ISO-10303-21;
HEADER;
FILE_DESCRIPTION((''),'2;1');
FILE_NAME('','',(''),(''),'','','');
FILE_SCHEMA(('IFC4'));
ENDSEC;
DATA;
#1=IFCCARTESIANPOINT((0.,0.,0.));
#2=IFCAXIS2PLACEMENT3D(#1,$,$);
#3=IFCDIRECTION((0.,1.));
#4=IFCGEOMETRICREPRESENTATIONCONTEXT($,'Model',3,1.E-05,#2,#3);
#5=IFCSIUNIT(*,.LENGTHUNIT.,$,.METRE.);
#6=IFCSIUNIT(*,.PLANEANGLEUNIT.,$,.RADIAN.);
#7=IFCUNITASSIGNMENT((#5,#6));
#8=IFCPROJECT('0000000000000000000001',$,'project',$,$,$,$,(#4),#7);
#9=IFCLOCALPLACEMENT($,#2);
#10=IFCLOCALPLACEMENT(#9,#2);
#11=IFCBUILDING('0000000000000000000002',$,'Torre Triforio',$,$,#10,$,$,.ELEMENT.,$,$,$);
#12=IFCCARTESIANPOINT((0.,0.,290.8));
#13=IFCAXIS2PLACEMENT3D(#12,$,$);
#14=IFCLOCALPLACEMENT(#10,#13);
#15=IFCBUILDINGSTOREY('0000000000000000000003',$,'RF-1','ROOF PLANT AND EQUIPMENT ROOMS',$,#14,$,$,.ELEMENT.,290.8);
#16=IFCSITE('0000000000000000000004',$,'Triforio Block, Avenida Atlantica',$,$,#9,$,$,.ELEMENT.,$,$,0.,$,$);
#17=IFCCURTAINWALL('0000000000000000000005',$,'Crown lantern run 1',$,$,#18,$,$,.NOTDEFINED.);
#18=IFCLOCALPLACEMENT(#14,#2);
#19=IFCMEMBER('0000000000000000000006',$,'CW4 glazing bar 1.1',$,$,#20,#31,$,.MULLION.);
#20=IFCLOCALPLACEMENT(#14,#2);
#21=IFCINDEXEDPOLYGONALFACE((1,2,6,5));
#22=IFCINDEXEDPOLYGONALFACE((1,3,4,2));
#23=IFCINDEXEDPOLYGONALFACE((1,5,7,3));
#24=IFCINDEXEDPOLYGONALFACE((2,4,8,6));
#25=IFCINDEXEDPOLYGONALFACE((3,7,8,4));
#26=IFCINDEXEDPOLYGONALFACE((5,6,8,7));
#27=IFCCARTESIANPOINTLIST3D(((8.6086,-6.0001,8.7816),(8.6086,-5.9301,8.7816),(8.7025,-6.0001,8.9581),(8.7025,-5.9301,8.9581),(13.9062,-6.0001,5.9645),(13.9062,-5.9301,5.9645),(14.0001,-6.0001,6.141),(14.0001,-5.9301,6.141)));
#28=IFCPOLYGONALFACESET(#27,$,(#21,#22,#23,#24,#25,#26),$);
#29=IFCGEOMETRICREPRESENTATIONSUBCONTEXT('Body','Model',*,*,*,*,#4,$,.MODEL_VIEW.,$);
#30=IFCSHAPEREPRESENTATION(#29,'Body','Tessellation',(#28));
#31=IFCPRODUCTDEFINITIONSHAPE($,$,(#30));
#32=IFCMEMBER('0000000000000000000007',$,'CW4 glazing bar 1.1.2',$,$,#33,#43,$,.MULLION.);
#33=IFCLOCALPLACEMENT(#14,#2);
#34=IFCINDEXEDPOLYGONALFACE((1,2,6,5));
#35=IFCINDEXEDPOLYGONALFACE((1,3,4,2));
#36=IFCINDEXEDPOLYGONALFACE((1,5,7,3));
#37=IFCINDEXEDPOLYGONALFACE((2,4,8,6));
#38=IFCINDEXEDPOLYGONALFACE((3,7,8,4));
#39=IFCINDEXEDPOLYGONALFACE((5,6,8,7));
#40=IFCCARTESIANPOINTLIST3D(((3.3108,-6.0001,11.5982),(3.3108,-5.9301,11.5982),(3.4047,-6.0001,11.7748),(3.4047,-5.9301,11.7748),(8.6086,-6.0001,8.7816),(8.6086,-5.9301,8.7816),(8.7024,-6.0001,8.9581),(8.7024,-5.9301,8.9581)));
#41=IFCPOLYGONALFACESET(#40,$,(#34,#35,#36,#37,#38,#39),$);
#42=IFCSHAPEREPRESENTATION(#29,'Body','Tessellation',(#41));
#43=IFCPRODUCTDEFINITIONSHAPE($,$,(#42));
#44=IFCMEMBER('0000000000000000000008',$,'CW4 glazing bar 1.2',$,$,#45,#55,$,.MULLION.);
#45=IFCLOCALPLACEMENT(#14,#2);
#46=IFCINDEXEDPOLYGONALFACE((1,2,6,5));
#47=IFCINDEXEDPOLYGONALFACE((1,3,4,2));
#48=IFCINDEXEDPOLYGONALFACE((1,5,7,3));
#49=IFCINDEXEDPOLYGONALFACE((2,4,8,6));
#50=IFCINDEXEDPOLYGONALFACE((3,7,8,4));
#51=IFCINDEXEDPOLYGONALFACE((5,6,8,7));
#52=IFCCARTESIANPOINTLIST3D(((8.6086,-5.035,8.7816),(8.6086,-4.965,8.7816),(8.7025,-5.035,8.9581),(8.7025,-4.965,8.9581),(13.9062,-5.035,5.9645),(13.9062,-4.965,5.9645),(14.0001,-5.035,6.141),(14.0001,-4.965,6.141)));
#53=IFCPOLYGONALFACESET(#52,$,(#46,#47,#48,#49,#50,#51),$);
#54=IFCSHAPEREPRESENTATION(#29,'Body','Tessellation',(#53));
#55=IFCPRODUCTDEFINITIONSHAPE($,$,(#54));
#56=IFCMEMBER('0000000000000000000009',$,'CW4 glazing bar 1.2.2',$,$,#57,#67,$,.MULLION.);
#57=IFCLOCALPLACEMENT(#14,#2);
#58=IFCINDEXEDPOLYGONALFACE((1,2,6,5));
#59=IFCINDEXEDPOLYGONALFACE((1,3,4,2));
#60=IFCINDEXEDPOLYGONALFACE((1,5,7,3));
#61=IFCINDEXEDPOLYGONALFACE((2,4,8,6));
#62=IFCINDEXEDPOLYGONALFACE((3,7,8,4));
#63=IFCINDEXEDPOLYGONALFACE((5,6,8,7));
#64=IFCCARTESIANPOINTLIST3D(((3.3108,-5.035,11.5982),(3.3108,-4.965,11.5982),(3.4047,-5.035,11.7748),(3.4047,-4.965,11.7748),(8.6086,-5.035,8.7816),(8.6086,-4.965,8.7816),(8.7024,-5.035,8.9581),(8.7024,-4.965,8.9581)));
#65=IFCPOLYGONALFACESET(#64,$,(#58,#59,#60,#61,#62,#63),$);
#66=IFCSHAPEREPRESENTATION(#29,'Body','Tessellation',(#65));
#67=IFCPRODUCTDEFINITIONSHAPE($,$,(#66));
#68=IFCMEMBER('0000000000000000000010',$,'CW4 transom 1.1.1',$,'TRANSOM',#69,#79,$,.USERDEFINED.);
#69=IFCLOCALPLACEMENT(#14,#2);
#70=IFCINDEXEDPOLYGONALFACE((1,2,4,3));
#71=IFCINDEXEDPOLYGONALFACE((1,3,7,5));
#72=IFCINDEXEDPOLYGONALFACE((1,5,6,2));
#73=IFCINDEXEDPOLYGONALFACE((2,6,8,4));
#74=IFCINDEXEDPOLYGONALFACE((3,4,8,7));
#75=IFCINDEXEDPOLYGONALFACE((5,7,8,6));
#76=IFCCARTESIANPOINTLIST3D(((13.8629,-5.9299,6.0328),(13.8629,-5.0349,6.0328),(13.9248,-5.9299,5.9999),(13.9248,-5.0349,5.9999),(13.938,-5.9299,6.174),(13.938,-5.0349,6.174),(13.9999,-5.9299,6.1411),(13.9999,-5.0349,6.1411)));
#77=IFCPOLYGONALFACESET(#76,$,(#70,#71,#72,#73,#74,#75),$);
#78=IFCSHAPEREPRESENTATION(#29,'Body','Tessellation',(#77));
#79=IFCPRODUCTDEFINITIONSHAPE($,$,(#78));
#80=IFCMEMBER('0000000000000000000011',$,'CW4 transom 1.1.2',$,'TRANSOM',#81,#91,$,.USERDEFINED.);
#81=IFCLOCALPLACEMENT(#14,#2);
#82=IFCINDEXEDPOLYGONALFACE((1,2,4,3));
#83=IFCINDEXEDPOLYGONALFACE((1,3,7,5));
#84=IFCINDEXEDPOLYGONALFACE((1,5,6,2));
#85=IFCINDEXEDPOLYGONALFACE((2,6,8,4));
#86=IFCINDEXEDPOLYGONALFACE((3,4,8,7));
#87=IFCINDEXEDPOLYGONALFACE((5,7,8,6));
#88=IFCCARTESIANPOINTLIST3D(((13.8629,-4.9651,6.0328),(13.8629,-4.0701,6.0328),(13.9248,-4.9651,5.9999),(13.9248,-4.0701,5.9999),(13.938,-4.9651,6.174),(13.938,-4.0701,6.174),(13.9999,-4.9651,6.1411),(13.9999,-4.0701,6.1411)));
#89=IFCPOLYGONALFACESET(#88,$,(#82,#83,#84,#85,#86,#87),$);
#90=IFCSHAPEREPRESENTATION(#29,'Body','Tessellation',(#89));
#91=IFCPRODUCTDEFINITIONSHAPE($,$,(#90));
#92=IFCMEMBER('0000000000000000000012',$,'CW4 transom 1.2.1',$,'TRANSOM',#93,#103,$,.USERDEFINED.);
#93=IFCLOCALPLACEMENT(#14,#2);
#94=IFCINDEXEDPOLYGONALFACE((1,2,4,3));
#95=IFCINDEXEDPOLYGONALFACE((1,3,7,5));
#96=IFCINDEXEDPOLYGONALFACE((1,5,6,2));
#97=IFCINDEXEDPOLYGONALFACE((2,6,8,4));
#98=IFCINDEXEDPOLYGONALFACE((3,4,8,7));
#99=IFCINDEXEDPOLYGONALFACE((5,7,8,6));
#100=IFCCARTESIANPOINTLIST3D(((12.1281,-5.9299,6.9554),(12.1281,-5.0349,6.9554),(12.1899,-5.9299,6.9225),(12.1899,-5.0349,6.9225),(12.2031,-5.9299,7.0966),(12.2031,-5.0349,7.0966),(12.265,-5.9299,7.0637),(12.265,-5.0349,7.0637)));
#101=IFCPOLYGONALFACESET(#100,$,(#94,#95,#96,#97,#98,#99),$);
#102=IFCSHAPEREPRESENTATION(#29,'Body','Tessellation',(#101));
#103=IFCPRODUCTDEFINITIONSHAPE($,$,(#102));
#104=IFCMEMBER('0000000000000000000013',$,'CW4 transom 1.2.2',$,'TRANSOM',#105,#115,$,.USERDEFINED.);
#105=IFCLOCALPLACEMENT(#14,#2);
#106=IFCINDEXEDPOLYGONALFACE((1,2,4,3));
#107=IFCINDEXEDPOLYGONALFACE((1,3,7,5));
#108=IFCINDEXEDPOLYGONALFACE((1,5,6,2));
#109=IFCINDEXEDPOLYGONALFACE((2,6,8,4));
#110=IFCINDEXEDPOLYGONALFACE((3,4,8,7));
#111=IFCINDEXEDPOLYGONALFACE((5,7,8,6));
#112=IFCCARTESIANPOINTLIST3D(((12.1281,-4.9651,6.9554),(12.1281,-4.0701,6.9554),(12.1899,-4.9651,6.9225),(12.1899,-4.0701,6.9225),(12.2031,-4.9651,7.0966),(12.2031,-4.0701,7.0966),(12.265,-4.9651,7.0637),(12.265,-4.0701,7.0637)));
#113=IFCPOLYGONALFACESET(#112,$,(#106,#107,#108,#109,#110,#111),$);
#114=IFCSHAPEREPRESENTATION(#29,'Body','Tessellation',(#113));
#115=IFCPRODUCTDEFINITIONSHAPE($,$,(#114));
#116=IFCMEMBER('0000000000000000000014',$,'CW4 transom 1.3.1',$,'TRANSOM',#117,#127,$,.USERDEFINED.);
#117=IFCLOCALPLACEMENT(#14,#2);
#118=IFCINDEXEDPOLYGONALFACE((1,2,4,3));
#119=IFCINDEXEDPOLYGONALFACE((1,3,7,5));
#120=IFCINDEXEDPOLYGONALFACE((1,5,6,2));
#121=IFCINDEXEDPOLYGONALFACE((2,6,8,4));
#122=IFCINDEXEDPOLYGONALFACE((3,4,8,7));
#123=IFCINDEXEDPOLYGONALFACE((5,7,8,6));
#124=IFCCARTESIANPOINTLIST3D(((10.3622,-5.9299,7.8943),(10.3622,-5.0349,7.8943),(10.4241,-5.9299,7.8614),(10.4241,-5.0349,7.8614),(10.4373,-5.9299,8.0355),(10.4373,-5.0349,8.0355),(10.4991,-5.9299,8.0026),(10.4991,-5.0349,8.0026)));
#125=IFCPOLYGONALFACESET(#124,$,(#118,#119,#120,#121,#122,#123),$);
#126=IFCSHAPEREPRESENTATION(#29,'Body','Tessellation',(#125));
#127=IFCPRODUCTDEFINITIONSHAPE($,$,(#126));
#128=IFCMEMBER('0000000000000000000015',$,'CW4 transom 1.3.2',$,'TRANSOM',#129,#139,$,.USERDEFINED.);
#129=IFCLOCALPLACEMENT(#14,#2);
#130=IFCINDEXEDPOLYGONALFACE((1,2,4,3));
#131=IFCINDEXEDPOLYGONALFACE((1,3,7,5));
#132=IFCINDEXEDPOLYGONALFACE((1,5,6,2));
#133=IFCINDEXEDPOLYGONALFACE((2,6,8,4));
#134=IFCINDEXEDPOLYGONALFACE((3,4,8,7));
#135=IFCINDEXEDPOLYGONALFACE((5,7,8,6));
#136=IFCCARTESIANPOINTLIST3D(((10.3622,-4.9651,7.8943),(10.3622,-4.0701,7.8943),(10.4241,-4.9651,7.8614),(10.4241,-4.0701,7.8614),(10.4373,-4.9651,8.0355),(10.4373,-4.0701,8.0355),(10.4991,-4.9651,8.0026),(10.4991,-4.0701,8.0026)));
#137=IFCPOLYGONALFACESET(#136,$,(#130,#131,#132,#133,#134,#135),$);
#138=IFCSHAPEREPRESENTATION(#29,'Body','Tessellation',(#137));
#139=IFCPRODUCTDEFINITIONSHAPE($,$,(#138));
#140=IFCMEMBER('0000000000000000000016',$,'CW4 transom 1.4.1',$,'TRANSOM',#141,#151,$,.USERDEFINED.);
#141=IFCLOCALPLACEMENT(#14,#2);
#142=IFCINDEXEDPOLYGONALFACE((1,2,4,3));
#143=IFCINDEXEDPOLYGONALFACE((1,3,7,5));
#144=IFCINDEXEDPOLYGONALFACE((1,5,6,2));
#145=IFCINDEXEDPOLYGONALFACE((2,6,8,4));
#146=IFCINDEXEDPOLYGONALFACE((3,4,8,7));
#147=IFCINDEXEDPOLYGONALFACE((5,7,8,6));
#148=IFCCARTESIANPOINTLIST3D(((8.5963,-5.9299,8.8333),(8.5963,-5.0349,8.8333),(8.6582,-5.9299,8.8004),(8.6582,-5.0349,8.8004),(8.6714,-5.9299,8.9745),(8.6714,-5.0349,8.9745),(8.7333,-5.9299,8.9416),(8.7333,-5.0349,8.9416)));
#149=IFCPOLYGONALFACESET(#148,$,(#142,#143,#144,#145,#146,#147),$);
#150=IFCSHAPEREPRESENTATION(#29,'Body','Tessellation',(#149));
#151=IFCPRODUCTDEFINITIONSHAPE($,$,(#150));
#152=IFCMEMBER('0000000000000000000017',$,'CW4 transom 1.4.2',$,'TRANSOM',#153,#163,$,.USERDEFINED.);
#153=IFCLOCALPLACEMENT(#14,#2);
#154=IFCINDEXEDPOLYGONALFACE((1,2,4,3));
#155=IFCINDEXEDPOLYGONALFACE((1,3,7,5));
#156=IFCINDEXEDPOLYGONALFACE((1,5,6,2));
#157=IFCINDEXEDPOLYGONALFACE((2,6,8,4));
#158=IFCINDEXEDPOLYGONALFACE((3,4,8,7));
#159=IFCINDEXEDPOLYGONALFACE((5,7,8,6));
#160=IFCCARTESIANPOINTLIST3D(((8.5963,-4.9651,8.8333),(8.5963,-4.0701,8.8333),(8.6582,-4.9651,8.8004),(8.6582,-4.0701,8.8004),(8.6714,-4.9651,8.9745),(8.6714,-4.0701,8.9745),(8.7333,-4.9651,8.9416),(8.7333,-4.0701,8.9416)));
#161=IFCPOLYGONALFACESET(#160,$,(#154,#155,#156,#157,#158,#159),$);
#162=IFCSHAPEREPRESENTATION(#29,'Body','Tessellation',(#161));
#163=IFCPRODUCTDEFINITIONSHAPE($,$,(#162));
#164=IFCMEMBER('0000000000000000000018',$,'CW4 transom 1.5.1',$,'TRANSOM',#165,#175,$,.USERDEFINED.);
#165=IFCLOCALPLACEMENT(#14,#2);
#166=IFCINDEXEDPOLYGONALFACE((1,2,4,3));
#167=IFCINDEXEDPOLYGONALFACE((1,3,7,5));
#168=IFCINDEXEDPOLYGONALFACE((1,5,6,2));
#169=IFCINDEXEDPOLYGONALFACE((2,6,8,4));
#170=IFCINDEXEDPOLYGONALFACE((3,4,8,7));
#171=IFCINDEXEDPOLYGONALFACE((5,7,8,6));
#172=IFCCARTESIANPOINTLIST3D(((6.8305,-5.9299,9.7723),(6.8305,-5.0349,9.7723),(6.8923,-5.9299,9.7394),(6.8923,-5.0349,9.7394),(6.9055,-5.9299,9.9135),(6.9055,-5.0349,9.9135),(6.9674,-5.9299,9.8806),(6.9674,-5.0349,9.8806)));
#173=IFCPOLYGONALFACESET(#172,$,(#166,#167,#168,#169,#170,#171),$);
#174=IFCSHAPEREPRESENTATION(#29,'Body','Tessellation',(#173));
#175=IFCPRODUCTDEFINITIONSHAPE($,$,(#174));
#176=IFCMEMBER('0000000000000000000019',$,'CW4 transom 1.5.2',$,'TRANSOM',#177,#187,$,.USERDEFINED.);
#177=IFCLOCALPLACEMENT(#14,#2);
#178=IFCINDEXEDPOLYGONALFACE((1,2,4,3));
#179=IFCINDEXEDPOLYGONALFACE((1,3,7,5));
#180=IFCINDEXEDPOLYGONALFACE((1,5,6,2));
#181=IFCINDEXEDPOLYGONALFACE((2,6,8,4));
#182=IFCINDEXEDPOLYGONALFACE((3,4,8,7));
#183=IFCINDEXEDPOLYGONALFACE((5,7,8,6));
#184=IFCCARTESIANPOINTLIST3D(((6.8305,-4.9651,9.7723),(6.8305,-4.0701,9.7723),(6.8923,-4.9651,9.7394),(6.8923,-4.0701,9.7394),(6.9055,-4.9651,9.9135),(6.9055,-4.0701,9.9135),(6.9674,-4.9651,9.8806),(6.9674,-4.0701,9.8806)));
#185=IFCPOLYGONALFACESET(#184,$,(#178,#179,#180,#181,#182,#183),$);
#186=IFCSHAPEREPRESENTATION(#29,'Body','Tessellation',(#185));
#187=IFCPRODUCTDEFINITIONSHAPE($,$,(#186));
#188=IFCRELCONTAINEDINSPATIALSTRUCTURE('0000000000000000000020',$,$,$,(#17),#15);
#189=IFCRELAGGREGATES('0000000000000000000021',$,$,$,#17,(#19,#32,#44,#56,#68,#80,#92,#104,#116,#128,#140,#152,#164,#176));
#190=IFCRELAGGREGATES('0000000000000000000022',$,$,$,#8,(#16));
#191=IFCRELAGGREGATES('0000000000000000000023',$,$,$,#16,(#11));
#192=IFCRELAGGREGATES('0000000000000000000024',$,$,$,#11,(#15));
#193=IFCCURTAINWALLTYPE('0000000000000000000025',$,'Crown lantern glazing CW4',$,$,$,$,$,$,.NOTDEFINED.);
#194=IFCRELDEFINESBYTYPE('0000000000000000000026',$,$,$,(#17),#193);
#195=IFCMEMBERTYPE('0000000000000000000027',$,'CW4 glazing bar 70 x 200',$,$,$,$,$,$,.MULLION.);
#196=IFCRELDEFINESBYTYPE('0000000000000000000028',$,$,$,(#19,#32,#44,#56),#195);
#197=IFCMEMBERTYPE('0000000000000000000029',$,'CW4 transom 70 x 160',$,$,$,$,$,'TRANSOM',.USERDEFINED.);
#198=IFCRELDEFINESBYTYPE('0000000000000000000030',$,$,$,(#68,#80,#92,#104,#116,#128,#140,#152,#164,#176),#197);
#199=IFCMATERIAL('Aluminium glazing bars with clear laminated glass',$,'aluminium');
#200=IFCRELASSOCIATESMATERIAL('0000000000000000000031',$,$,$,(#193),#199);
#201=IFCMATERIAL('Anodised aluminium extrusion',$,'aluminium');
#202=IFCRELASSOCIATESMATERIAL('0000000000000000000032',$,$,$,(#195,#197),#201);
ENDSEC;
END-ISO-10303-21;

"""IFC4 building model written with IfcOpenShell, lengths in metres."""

from ifc_helpers import new_model, si_unit, direction, frame, origin, origin_2d, place, context, subcontext, project, spatial, rectangle, extrude, material, material_profile, profile_set, type_object, element, aggregate, save


model = new_model("IFC4")

# Units and contexts
model_context = context("Model", 3, precision=1e-05, world=origin(), true_north=direction((0.0, 1.0)))
body_context = subcontext(model_context, "Body", "Model", "MODEL_VIEW")
ifc_project = project(units=[si_unit("LENGTHUNIT", "METRE"), si_unit("PLANEANGLEUNIT", "RADIAN")], contexts=[model_context])

# Site, building, storey
site_placement = place(None, origin())
site = spatial("IfcSite", under=ifc_project, at=site_placement, Name="Triforio Block, Avenida Atlantica", CompositionType="ELEMENT", RefElevation=0.0)
building_placement = place(site_placement, origin())
building = spatial("IfcBuilding", under=site, at=building_placement, Name="Torre Triforio", CompositionType="ELEMENT")
storey_placement = place(building_placement, frame((0.0, 0.0, 290.8)))
storey = spatial("IfcBuildingStorey", under=building, at=storey_placement, Name="RF-1", Description="ROOF PLANT AND EQUIPMENT ROOMS", CompositionType="ELEMENT", Elevation=290.8)

# Curtain wall, members
ifc_material_1 = material(Name="Aluminium glazing bars with clear laminated glass", Category="aluminium")
curtain_wall_type = type_object("IfcCurtainWallType", Name="Crown lantern glazing CW4", PredefinedType="NOTDEFINED", material=ifc_material_1)
curtain_wall_placement = place(storey_placement, origin())
curtain_wall = element("IfcCurtainWall", 1, at=curtain_wall_placement, inside=storey, type_object=curtain_wall_type, Name="Crown lantern run 1", PredefinedType="NOTDEFINED")
ifc_material_2 = material(Name="Anodised aluminium extrusion", Category="aluminium")
ifc_material_profile_1 = material_profile(ifc_material_2, rectangle(XDim=0.0701, YDim=0.2, at=origin_2d()), Name="CW4 MULLION 70x200")
ifc_profile_set_1 = profile_set([ifc_material_profile_1], Name="Anodised aluminium extrusion")
member_type_1 = type_object("IfcMemberType", Name="CW4 glazing bar 70 x 200", PredefinedType="MULLION", material=ifc_profile_set_1)
member_1_placement = place(storey_placement, frame((13.9531, -5.9651, 6.0527), z_axis=(-0.882923, 0.0, 0.469517), x_axis=(0.0, -1.0, 0.0)))
member_1 = element("IfcMember", 2, at=member_1_placement, type_object=member_type_1, Name="CW4 glazing bar 1.1", PredefinedType="MULLION", context=body_context, shape_type="SweptSolid", body=[
    extrude(rectangle(XDim=0.0701, YDim=0.2, at=origin_2d()), origin(), (0.0, 0.0, 1.0), 6.0),
])
member_2_placement = place(storey_placement, frame((8.6555, -5.9651, 8.8699), z_axis=(-0.882966, 0.0, 0.469437), x_axis=(0.0, -1.0, 0.0)))
member_2 = element("IfcMember", 3, at=member_2_placement, type_object=member_type_1, Name="CW4 glazing bar 1.1.2", PredefinedType="MULLION", context=body_context, shape_type="SweptSolid", body=[
    extrude(rectangle(XDim=0.0701, YDim=0.2, at=origin_2d()), origin(), (0.0, 0.0, 1.0), 6.0),
])
member_3_placement = place(storey_placement, frame((13.9531, -5.0, 6.0527), z_axis=(-0.882923, 0.0, 0.469517), x_axis=(0.0, -1.0, 0.0)))
member_3 = element("IfcMember", 4, at=member_3_placement, type_object=member_type_1, Name="CW4 glazing bar 1.2", PredefinedType="MULLION", context=body_context, shape_type="SweptSolid", body=[
    extrude(rectangle(XDim=0.0701, YDim=0.2, at=origin_2d()), origin(), (0.0, 0.0, 1.0), 6.0),
])
member_4_placement = place(storey_placement, frame((8.6555, -5.0, 8.8699), z_axis=(-0.882966, 0.0, 0.469437), x_axis=(0.0, -1.0, 0.0)))
member_4 = element("IfcMember", 5, at=member_4_placement, type_object=member_type_1, Name="CW4 glazing bar 1.2.2", PredefinedType="MULLION", context=body_context, shape_type="SweptSolid", body=[
    extrude(rectangle(XDim=0.0701, YDim=0.2, at=origin_2d()), origin(), (0.0, 0.0, 1.0), 6.0),
])
ifc_material_profile_2 = material_profile(ifc_material_2, rectangle(XDim=0.0701, YDim=0.1599, at=origin_2d()), Name="CW4 TRANSOM 70x160")
ifc_profile_set_2 = profile_set([ifc_material_profile_2], Name="Anodised aluminium extrusion")
member_type_2 = type_object("IfcMemberType", Name="CW4 transom 70 x 160", ElementType="TRANSOM", PredefinedType="USERDEFINED", material=ifc_profile_set_2)
member_5_placement = place(storey_placement, frame((13.9314, -5.9299, 6.0869), z_axis=(0.0, 1.0, 0.0), x_axis=(-0.882948, 0.0, 0.469472)))
member_5 = element("IfcMember", 6, at=member_5_placement, type_object=member_type_2, Name="CW4 transom 1.1.1", ObjectType="TRANSOM", PredefinedType="USERDEFINED", context=body_context, shape_type="SweptSolid", body=[
    extrude(rectangle(XDim=0.0701, YDim=0.1599, at=origin_2d()), origin(), (0.0, 0.0, 1.0), 0.895),
])
member_6_placement = place(storey_placement, frame((13.9314, -4.9651, 6.0869), z_axis=(0.0, 1.0, 0.0), x_axis=(-0.882948, 0.0, 0.469472)))
member_6 = element("IfcMember", 7, at=member_6_placement, type_object=member_type_2, Name="CW4 transom 1.1.2", ObjectType="TRANSOM", PredefinedType="USERDEFINED", context=body_context, shape_type="SweptSolid", body=[
    extrude(rectangle(XDim=0.0701, YDim=0.1599, at=origin_2d()), origin(), (0.0, 0.0, 1.0), 0.895),
])
member_7_placement = place(storey_placement, frame((12.1965, -5.9299, 7.0095), z_axis=(0.0, 1.0, 0.0), x_axis=(-0.882948, 0.0, 0.469472)))
member_7 = element("IfcMember", 8, at=member_7_placement, type_object=member_type_2, Name="CW4 transom 1.2.1", ObjectType="TRANSOM", PredefinedType="USERDEFINED", context=body_context, shape_type="SweptSolid", body=[
    extrude(rectangle(XDim=0.0701, YDim=0.1599, at=origin_2d()), origin(), (0.0, 0.0, 1.0), 0.895),
])
member_8_placement = place(storey_placement, frame((12.1965, -4.9651, 7.0095), z_axis=(0.0, 1.0, 0.0), x_axis=(-0.882948, 0.0, 0.469472)))
member_8 = element("IfcMember", 9, at=member_8_placement, type_object=member_type_2, Name="CW4 transom 1.2.2", ObjectType="TRANSOM", PredefinedType="USERDEFINED", context=body_context, shape_type="SweptSolid", body=[
    extrude(rectangle(XDim=0.0701, YDim=0.1599, at=origin_2d()), origin(), (0.0, 0.0, 1.0), 0.895),
])
member_9_placement = place(storey_placement, frame((10.4307, -5.9299, 7.9485), z_axis=(0.0, 1.0, 0.0), x_axis=(-0.882948, 0.0, 0.469472)))
member_9 = element("IfcMember", 10, at=member_9_placement, type_object=member_type_2, Name="CW4 transom 1.3.1", ObjectType="TRANSOM", PredefinedType="USERDEFINED", context=body_context, shape_type="SweptSolid", body=[
    extrude(rectangle(XDim=0.0701, YDim=0.1599, at=origin_2d()), origin(), (0.0, 0.0, 1.0), 0.895),
])
member_10_placement = place(storey_placement, frame((10.4307, -4.9651, 7.9485), z_axis=(0.0, 1.0, 0.0), x_axis=(-0.882948, 0.0, 0.469472)))
member_10 = element("IfcMember", 11, at=member_10_placement, type_object=member_type_2, Name="CW4 transom 1.3.2", ObjectType="TRANSOM", PredefinedType="USERDEFINED", context=body_context, shape_type="SweptSolid", body=[
    extrude(rectangle(XDim=0.0701, YDim=0.1599, at=origin_2d()), origin(), (0.0, 0.0, 1.0), 0.895),
])
member_11_placement = place(storey_placement, frame((8.6648, -5.9299, 8.8875), z_axis=(0.0, 1.0, 0.0), x_axis=(-0.882948, 0.0, 0.469472)))
member_11 = element("IfcMember", 12, at=member_11_placement, type_object=member_type_2, Name="CW4 transom 1.4.1", ObjectType="TRANSOM", PredefinedType="USERDEFINED", context=body_context, shape_type="SweptSolid", body=[
    extrude(rectangle(XDim=0.0701, YDim=0.1599, at=origin_2d()), origin(), (0.0, 0.0, 1.0), 0.895),
])
member_12_placement = place(storey_placement, frame((8.6648, -4.9651, 8.8875), z_axis=(0.0, 1.0, 0.0), x_axis=(-0.882948, 0.0, 0.469472)))
member_12 = element("IfcMember", 13, at=member_12_placement, type_object=member_type_2, Name="CW4 transom 1.4.2", ObjectType="TRANSOM", PredefinedType="USERDEFINED", context=body_context, shape_type="SweptSolid", body=[
    extrude(rectangle(XDim=0.0701, YDim=0.1599, at=origin_2d()), origin(), (0.0, 0.0, 1.0), 0.895),
])
member_13_placement = place(storey_placement, frame((6.8989, -5.9299, 9.8264), z_axis=(0.0, 1.0, 0.0), x_axis=(-0.882948, 0.0, 0.469472)))
member_13 = element("IfcMember", 14, at=member_13_placement, type_object=member_type_2, Name="CW4 transom 1.5.1", ObjectType="TRANSOM", PredefinedType="USERDEFINED", context=body_context, shape_type="SweptSolid", body=[
    extrude(rectangle(XDim=0.0701, YDim=0.1599, at=origin_2d()), origin(), (0.0, 0.0, 1.0), 0.895),
])
member_14_placement = place(storey_placement, frame((6.8989, -4.9651, 9.8264), z_axis=(0.0, 1.0, 0.0), x_axis=(-0.882948, 0.0, 0.469472)))
member_14 = element("IfcMember", 15, at=member_14_placement, type_object=member_type_2, Name="CW4 transom 1.5.2", ObjectType="TRANSOM", PredefinedType="USERDEFINED", context=body_context, shape_type="SweptSolid", body=[
    extrude(rectangle(XDim=0.0701, YDim=0.1599, at=origin_2d()), origin(), (0.0, 0.0, 1.0), 0.895),
])

aggregate(curtain_wall, [member_1, member_2, member_3, member_4, member_5, member_6, member_7, member_8, member_9, member_10, member_11, member_12, member_13, member_14])

save(model, "model.ifc")
